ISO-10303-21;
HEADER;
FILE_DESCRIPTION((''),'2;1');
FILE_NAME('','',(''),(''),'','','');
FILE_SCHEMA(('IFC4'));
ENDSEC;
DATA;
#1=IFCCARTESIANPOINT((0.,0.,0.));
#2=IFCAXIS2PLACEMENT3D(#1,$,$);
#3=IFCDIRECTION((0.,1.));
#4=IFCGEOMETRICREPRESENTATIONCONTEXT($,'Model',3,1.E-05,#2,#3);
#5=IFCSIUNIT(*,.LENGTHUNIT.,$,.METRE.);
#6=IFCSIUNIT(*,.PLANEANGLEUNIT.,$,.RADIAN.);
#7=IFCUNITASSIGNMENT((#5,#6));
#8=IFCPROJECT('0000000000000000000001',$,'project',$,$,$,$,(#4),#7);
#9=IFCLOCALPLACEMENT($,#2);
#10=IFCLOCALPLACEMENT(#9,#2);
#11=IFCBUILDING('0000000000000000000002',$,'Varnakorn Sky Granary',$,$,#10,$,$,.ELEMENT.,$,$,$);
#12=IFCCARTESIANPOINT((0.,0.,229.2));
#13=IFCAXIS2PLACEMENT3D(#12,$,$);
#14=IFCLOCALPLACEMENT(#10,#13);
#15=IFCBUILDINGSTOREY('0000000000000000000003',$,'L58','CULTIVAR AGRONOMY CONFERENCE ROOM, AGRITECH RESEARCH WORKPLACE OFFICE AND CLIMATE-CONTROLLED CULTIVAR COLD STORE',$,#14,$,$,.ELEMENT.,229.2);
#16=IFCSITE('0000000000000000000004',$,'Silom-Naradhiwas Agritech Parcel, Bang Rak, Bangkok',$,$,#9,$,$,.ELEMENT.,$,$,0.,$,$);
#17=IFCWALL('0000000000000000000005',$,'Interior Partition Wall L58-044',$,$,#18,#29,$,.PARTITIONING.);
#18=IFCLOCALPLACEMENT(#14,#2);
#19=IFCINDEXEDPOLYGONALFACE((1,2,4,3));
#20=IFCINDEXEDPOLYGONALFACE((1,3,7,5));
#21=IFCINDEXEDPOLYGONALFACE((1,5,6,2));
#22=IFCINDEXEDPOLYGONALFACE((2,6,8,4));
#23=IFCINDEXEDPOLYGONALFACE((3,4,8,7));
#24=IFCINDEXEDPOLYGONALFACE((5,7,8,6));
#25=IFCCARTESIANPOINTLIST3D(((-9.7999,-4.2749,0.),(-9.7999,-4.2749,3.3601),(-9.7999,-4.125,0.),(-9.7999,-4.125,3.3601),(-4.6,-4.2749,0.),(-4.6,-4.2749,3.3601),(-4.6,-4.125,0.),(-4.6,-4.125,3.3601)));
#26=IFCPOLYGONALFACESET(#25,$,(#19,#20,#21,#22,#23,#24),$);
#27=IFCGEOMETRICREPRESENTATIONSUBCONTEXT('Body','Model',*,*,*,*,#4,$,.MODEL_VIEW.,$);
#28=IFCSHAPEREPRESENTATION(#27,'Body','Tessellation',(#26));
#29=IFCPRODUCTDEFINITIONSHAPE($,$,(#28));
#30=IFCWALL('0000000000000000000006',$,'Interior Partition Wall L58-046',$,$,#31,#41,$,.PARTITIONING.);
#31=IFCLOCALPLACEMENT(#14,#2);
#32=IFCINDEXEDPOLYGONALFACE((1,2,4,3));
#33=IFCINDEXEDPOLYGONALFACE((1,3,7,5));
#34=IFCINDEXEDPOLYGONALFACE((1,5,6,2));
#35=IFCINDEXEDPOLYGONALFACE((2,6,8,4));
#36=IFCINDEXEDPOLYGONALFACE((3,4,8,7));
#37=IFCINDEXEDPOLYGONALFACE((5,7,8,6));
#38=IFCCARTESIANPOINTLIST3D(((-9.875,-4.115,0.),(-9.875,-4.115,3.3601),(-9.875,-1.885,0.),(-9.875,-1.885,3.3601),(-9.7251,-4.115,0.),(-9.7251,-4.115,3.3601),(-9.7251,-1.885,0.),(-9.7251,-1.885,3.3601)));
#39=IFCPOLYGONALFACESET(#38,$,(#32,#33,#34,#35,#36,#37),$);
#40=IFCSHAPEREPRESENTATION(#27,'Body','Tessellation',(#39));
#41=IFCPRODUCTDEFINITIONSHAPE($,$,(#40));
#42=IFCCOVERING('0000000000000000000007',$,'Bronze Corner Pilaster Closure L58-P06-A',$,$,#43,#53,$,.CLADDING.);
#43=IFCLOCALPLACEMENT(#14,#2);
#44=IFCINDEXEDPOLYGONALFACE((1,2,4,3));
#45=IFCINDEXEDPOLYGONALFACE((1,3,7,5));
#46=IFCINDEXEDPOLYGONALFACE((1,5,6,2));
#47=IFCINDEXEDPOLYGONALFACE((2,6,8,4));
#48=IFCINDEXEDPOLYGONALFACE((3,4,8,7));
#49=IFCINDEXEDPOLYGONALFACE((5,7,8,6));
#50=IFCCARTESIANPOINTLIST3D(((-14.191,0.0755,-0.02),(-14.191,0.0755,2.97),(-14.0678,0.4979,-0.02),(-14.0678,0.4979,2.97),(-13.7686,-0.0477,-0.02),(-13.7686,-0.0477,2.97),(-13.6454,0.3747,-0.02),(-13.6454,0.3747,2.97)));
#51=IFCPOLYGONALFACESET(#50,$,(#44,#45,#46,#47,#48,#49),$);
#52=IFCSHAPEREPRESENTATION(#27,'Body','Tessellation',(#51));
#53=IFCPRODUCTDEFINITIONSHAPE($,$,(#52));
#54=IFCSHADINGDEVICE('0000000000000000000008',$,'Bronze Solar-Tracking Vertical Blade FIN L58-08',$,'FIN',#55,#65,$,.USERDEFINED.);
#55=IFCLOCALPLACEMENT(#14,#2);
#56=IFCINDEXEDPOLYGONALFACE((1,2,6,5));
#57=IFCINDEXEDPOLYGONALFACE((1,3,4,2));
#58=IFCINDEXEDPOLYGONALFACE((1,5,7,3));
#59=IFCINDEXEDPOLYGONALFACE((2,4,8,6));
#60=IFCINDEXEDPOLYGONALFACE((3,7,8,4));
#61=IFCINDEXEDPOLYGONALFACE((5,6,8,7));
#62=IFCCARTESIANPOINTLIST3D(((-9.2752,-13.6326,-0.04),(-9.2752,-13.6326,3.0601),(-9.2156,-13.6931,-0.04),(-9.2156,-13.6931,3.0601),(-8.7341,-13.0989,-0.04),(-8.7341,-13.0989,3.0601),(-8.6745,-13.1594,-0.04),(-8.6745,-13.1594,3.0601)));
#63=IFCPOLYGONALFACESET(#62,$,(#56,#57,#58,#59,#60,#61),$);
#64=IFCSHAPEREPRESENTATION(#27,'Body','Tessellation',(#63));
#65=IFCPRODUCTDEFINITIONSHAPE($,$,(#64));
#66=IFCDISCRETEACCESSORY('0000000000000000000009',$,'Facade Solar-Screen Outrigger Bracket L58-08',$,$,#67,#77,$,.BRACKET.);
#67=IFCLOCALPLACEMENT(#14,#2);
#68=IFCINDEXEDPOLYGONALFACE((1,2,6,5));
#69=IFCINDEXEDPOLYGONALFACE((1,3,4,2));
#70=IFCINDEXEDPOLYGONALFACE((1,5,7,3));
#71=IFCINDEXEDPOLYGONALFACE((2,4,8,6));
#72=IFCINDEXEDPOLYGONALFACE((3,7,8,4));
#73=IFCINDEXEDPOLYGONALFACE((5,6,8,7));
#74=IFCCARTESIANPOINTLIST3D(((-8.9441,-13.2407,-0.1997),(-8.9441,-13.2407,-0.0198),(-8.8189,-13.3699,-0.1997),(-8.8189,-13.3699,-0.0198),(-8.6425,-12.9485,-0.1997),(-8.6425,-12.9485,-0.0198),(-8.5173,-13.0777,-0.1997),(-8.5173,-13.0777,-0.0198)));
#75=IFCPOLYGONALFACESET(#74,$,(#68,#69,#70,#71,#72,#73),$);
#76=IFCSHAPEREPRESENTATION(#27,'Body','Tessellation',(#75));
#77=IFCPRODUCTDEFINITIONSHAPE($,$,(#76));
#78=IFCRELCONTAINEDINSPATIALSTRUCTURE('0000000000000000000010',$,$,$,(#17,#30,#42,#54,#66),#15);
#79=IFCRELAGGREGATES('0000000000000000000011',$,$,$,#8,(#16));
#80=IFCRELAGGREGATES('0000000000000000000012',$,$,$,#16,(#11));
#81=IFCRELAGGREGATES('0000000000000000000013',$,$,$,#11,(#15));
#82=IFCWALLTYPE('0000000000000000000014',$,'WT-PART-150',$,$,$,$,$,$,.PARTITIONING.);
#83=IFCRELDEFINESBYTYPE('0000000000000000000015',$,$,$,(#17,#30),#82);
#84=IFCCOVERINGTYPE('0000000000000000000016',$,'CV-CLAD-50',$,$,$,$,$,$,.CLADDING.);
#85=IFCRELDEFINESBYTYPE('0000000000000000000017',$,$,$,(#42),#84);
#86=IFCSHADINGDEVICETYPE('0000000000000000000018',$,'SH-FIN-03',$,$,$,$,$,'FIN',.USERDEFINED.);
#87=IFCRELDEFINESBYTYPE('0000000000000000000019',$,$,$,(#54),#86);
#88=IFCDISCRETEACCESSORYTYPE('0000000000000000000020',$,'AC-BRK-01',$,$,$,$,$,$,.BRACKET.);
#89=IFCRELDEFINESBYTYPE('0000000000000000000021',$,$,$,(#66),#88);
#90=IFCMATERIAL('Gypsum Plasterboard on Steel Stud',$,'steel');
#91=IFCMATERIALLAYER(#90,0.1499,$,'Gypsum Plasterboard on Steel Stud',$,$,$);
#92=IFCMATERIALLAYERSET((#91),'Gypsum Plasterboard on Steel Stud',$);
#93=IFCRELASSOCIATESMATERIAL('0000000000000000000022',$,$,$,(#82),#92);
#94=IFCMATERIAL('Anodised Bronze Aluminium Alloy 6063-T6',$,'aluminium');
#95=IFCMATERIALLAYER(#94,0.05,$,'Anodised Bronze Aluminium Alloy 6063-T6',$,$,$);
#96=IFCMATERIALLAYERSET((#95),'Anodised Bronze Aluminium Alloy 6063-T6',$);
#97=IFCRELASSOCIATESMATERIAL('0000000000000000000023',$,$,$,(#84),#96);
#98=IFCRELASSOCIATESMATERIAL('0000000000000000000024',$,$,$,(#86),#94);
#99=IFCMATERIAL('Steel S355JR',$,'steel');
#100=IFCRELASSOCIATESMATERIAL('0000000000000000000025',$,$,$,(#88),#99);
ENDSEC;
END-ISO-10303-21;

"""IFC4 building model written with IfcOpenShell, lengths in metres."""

from ifc_helpers import new_model, si_unit, direction, frame, frame_2d, origin, origin_2d, place, context, subcontext, project, spatial, rectangle, extrude, source, transform, mapped, material, layer, layer_set, type_object, type_shapes, element, save


model = new_model("IFC4")

# Units and contexts
model_context = context("Model", 3, precision=1e-05, world=origin(), true_north=direction((0.0, 1.0)))
body_context = subcontext(model_context, "Body", "Model", "MODEL_VIEW")
ifc_project = project(units=[si_unit("LENGTHUNIT", "METRE"), si_unit("PLANEANGLEUNIT", "RADIAN")], contexts=[model_context])

# Site, building, storey
site_placement = place(None, origin())
site = spatial("IfcSite", under=ifc_project, at=site_placement, Name="Silom-Naradhiwas Agritech Parcel, Bang Rak, Bangkok", CompositionType="ELEMENT", RefElevation=0.0)
building_placement = place(site_placement, origin())
building = spatial("IfcBuilding", under=site, at=building_placement, Name="Varnakorn Sky Granary", CompositionType="ELEMENT")
storey_placement = place(building_placement, frame((0.0, 0.0, 229.2)))
storey = spatial("IfcBuildingStorey", under=building, at=storey_placement, Name="L58", Description="CULTIVAR AGRONOMY CONFERENCE ROOM, AGRITECH RESEARCH WORKPLACE OFFICE AND CLIMATE-CONTROLLED CULTIVAR COLD STORE", CompositionType="ELEMENT", Elevation=229.2)

# Shared definitions
ifc_material_1 = material(Name="Steel S355JR", Category="steel")

# Shared definitions
ifc_material_2 = material(Name="Anodised Bronze Aluminium Alloy 6063-T6", Category="aluminium")

# Walls
ifc_material_3 = material(Name="Gypsum Plasterboard on Steel Stud", Category="steel")
ifc_layer_1 = layer(ifc_material_3, 0.1499, Name="Gypsum Plasterboard on Steel Stud")
ifc_layer_set_1 = layer_set([ifc_layer_1], Name="Gypsum Plasterboard on Steel Stud")
wall_type_1 = type_object("IfcWallType", Name="WT-PART-150", PredefinedType="PARTITIONING", material=ifc_layer_set_1)
wall_1_placement = place(storey_placement, frame((-9.8, -4.2, 0.0), z_axis=(0.0, 0.0, 1.0), x_axis=(1.0, 0.0, 0.0)))
element("IfcWall", 1, at=wall_1_placement, inside=storey, type_object=wall_type_1, Name="Interior Partition Wall L58-044", PredefinedType="PARTITIONING", context=body_context, shape_type="SweptSolid", body=[
    extrude(rectangle(XDim=5.2, YDim=0.1499, at=frame_2d((2.6001, 0.0))), origin(), (0.0, 0.0, 1.0), 3.3601),
])
wall_2_placement = place(storey_placement, frame((-9.8, -1.885, 0.0), z_axis=(0.0, 0.0, 1.0), x_axis=(0.0, -1.0, 0.0)))
element("IfcWall", 2, at=wall_2_placement, inside=storey, type_object=wall_type_1, Name="Interior Partition Wall L58-046", PredefinedType="PARTITIONING", context=body_context, shape_type="SweptSolid", body=[
    extrude(rectangle(XDim=2.23, YDim=0.1499, at=frame_2d((1.115, 0.0))), origin(), (0.0, 0.0, 1.0), 3.3601),
])

# Covering
ifc_layer_2 = layer(ifc_material_2, 0.05, Name="Anodised Bronze Aluminium Alloy 6063-T6")
ifc_layer_set_2 = layer_set([ifc_layer_2], Name="Anodised Bronze Aluminium Alloy 6063-T6")
covering_type = type_object("IfcCoveringType", Name="CV-CLAD-50", PredefinedType="CLADDING", material=ifc_layer_set_2)
shared_shape_1 = source(origin(), body_context, "Body", "SweptSolid", [
    extrude(rectangle(XDim=0.4399, YDim=0.4399, at=origin_2d()), origin(), (0.0, 0.0, 1.0), 2.99),
])
type_shapes(covering_type, [shared_shape_1])
covering_placement = place(storey_placement, frame((-13.9182, 0.2251, -0.02), z_axis=(0.0, 0.0, 1.0), x_axis=(0.279997, 0.960001, 0.0)))
element("IfcCovering", 3, at=covering_placement, inside=storey, type_object=covering_type, Name="Bronze Corner Pilaster Closure L58-P06-A", PredefinedType="CLADDING", context=body_context, shape_type="MappedRepresentation", body=[
    mapped(shared_shape_1, transform((0.0, 0.0, 0.0), x_axis=(1.0, 0.0, 0.0), y_axis=(0.0, 1.0, 0.0), z_axis=(0.0, 0.0, 1.0), scale=1.0)),
])

# Shading device
shading_device_type = type_object("IfcShadingDeviceType", Name="SH-FIN-03", ElementType="FIN", PredefinedType="USERDEFINED", material=ifc_material_2)
shared_shape_2 = source(origin(), body_context, "Body", "SweptSolid", [
    extrude(rectangle(XDim=0.085, YDim=0.76, at=origin_2d()), origin(), (0.0, 0.0, 1.0), 3.1001),
])
type_shapes(shading_device_type, [shared_shape_2])
shading_device_placement = place(storey_placement, frame((-8.9749, -13.396, -0.04), z_axis=(0.0, 0.0, 1.0), x_axis=(0.702171, -0.712009, 0.0)))
element("IfcShadingDevice", 4, at=shading_device_placement, inside=storey, type_object=shading_device_type, Name="Bronze Solar-Tracking Vertical Blade FIN L58-08", ObjectType="FIN", PredefinedType="USERDEFINED", context=body_context, shape_type="MappedRepresentation", body=[
    mapped(shared_shape_2, transform((0.0, 0.0, 0.0), x_axis=(1.0, 0.0, 0.0), y_axis=(0.0, 1.0, 0.0), z_axis=(0.0, 0.0, 1.0), scale=1.0)),
])

# Discrete accessory
discrete_accessory_type = type_object("IfcDiscreteAccessoryType", Name="AC-BRK-01", PredefinedType="BRACKET", material=ifc_material_1)
shared_shape_3 = source(origin(), body_context, "Body", "SweptSolid", [
    extrude(rectangle(XDim=0.1799, YDim=0.4199, at=origin_2d()), origin(), (0.0, 0.0, 1.0), 0.1799),
])
type_shapes(discrete_accessory_type, [shared_shape_3])
discrete_accessory_placement = place(storey_placement, frame((-8.7307, -13.1592, -0.1997), z_axis=(0.0, 0.0, 1.0), x_axis=(0.69588, -0.718158, 0.0)))
element("IfcDiscreteAccessory", 5, at=discrete_accessory_placement, inside=storey, type_object=discrete_accessory_type, Name="Facade Solar-Screen Outrigger Bracket L58-08", PredefinedType="BRACKET", context=body_context, shape_type="MappedRepresentation", body=[
    mapped(shared_shape_3, transform((0.0, 0.0, 0.0), x_axis=(1.0, 0.0, 0.0), y_axis=(0.0, 1.0, 0.0), z_axis=(0.0, 0.0, 1.0), scale=1.0)),
])

save(model, "model.ifc")
